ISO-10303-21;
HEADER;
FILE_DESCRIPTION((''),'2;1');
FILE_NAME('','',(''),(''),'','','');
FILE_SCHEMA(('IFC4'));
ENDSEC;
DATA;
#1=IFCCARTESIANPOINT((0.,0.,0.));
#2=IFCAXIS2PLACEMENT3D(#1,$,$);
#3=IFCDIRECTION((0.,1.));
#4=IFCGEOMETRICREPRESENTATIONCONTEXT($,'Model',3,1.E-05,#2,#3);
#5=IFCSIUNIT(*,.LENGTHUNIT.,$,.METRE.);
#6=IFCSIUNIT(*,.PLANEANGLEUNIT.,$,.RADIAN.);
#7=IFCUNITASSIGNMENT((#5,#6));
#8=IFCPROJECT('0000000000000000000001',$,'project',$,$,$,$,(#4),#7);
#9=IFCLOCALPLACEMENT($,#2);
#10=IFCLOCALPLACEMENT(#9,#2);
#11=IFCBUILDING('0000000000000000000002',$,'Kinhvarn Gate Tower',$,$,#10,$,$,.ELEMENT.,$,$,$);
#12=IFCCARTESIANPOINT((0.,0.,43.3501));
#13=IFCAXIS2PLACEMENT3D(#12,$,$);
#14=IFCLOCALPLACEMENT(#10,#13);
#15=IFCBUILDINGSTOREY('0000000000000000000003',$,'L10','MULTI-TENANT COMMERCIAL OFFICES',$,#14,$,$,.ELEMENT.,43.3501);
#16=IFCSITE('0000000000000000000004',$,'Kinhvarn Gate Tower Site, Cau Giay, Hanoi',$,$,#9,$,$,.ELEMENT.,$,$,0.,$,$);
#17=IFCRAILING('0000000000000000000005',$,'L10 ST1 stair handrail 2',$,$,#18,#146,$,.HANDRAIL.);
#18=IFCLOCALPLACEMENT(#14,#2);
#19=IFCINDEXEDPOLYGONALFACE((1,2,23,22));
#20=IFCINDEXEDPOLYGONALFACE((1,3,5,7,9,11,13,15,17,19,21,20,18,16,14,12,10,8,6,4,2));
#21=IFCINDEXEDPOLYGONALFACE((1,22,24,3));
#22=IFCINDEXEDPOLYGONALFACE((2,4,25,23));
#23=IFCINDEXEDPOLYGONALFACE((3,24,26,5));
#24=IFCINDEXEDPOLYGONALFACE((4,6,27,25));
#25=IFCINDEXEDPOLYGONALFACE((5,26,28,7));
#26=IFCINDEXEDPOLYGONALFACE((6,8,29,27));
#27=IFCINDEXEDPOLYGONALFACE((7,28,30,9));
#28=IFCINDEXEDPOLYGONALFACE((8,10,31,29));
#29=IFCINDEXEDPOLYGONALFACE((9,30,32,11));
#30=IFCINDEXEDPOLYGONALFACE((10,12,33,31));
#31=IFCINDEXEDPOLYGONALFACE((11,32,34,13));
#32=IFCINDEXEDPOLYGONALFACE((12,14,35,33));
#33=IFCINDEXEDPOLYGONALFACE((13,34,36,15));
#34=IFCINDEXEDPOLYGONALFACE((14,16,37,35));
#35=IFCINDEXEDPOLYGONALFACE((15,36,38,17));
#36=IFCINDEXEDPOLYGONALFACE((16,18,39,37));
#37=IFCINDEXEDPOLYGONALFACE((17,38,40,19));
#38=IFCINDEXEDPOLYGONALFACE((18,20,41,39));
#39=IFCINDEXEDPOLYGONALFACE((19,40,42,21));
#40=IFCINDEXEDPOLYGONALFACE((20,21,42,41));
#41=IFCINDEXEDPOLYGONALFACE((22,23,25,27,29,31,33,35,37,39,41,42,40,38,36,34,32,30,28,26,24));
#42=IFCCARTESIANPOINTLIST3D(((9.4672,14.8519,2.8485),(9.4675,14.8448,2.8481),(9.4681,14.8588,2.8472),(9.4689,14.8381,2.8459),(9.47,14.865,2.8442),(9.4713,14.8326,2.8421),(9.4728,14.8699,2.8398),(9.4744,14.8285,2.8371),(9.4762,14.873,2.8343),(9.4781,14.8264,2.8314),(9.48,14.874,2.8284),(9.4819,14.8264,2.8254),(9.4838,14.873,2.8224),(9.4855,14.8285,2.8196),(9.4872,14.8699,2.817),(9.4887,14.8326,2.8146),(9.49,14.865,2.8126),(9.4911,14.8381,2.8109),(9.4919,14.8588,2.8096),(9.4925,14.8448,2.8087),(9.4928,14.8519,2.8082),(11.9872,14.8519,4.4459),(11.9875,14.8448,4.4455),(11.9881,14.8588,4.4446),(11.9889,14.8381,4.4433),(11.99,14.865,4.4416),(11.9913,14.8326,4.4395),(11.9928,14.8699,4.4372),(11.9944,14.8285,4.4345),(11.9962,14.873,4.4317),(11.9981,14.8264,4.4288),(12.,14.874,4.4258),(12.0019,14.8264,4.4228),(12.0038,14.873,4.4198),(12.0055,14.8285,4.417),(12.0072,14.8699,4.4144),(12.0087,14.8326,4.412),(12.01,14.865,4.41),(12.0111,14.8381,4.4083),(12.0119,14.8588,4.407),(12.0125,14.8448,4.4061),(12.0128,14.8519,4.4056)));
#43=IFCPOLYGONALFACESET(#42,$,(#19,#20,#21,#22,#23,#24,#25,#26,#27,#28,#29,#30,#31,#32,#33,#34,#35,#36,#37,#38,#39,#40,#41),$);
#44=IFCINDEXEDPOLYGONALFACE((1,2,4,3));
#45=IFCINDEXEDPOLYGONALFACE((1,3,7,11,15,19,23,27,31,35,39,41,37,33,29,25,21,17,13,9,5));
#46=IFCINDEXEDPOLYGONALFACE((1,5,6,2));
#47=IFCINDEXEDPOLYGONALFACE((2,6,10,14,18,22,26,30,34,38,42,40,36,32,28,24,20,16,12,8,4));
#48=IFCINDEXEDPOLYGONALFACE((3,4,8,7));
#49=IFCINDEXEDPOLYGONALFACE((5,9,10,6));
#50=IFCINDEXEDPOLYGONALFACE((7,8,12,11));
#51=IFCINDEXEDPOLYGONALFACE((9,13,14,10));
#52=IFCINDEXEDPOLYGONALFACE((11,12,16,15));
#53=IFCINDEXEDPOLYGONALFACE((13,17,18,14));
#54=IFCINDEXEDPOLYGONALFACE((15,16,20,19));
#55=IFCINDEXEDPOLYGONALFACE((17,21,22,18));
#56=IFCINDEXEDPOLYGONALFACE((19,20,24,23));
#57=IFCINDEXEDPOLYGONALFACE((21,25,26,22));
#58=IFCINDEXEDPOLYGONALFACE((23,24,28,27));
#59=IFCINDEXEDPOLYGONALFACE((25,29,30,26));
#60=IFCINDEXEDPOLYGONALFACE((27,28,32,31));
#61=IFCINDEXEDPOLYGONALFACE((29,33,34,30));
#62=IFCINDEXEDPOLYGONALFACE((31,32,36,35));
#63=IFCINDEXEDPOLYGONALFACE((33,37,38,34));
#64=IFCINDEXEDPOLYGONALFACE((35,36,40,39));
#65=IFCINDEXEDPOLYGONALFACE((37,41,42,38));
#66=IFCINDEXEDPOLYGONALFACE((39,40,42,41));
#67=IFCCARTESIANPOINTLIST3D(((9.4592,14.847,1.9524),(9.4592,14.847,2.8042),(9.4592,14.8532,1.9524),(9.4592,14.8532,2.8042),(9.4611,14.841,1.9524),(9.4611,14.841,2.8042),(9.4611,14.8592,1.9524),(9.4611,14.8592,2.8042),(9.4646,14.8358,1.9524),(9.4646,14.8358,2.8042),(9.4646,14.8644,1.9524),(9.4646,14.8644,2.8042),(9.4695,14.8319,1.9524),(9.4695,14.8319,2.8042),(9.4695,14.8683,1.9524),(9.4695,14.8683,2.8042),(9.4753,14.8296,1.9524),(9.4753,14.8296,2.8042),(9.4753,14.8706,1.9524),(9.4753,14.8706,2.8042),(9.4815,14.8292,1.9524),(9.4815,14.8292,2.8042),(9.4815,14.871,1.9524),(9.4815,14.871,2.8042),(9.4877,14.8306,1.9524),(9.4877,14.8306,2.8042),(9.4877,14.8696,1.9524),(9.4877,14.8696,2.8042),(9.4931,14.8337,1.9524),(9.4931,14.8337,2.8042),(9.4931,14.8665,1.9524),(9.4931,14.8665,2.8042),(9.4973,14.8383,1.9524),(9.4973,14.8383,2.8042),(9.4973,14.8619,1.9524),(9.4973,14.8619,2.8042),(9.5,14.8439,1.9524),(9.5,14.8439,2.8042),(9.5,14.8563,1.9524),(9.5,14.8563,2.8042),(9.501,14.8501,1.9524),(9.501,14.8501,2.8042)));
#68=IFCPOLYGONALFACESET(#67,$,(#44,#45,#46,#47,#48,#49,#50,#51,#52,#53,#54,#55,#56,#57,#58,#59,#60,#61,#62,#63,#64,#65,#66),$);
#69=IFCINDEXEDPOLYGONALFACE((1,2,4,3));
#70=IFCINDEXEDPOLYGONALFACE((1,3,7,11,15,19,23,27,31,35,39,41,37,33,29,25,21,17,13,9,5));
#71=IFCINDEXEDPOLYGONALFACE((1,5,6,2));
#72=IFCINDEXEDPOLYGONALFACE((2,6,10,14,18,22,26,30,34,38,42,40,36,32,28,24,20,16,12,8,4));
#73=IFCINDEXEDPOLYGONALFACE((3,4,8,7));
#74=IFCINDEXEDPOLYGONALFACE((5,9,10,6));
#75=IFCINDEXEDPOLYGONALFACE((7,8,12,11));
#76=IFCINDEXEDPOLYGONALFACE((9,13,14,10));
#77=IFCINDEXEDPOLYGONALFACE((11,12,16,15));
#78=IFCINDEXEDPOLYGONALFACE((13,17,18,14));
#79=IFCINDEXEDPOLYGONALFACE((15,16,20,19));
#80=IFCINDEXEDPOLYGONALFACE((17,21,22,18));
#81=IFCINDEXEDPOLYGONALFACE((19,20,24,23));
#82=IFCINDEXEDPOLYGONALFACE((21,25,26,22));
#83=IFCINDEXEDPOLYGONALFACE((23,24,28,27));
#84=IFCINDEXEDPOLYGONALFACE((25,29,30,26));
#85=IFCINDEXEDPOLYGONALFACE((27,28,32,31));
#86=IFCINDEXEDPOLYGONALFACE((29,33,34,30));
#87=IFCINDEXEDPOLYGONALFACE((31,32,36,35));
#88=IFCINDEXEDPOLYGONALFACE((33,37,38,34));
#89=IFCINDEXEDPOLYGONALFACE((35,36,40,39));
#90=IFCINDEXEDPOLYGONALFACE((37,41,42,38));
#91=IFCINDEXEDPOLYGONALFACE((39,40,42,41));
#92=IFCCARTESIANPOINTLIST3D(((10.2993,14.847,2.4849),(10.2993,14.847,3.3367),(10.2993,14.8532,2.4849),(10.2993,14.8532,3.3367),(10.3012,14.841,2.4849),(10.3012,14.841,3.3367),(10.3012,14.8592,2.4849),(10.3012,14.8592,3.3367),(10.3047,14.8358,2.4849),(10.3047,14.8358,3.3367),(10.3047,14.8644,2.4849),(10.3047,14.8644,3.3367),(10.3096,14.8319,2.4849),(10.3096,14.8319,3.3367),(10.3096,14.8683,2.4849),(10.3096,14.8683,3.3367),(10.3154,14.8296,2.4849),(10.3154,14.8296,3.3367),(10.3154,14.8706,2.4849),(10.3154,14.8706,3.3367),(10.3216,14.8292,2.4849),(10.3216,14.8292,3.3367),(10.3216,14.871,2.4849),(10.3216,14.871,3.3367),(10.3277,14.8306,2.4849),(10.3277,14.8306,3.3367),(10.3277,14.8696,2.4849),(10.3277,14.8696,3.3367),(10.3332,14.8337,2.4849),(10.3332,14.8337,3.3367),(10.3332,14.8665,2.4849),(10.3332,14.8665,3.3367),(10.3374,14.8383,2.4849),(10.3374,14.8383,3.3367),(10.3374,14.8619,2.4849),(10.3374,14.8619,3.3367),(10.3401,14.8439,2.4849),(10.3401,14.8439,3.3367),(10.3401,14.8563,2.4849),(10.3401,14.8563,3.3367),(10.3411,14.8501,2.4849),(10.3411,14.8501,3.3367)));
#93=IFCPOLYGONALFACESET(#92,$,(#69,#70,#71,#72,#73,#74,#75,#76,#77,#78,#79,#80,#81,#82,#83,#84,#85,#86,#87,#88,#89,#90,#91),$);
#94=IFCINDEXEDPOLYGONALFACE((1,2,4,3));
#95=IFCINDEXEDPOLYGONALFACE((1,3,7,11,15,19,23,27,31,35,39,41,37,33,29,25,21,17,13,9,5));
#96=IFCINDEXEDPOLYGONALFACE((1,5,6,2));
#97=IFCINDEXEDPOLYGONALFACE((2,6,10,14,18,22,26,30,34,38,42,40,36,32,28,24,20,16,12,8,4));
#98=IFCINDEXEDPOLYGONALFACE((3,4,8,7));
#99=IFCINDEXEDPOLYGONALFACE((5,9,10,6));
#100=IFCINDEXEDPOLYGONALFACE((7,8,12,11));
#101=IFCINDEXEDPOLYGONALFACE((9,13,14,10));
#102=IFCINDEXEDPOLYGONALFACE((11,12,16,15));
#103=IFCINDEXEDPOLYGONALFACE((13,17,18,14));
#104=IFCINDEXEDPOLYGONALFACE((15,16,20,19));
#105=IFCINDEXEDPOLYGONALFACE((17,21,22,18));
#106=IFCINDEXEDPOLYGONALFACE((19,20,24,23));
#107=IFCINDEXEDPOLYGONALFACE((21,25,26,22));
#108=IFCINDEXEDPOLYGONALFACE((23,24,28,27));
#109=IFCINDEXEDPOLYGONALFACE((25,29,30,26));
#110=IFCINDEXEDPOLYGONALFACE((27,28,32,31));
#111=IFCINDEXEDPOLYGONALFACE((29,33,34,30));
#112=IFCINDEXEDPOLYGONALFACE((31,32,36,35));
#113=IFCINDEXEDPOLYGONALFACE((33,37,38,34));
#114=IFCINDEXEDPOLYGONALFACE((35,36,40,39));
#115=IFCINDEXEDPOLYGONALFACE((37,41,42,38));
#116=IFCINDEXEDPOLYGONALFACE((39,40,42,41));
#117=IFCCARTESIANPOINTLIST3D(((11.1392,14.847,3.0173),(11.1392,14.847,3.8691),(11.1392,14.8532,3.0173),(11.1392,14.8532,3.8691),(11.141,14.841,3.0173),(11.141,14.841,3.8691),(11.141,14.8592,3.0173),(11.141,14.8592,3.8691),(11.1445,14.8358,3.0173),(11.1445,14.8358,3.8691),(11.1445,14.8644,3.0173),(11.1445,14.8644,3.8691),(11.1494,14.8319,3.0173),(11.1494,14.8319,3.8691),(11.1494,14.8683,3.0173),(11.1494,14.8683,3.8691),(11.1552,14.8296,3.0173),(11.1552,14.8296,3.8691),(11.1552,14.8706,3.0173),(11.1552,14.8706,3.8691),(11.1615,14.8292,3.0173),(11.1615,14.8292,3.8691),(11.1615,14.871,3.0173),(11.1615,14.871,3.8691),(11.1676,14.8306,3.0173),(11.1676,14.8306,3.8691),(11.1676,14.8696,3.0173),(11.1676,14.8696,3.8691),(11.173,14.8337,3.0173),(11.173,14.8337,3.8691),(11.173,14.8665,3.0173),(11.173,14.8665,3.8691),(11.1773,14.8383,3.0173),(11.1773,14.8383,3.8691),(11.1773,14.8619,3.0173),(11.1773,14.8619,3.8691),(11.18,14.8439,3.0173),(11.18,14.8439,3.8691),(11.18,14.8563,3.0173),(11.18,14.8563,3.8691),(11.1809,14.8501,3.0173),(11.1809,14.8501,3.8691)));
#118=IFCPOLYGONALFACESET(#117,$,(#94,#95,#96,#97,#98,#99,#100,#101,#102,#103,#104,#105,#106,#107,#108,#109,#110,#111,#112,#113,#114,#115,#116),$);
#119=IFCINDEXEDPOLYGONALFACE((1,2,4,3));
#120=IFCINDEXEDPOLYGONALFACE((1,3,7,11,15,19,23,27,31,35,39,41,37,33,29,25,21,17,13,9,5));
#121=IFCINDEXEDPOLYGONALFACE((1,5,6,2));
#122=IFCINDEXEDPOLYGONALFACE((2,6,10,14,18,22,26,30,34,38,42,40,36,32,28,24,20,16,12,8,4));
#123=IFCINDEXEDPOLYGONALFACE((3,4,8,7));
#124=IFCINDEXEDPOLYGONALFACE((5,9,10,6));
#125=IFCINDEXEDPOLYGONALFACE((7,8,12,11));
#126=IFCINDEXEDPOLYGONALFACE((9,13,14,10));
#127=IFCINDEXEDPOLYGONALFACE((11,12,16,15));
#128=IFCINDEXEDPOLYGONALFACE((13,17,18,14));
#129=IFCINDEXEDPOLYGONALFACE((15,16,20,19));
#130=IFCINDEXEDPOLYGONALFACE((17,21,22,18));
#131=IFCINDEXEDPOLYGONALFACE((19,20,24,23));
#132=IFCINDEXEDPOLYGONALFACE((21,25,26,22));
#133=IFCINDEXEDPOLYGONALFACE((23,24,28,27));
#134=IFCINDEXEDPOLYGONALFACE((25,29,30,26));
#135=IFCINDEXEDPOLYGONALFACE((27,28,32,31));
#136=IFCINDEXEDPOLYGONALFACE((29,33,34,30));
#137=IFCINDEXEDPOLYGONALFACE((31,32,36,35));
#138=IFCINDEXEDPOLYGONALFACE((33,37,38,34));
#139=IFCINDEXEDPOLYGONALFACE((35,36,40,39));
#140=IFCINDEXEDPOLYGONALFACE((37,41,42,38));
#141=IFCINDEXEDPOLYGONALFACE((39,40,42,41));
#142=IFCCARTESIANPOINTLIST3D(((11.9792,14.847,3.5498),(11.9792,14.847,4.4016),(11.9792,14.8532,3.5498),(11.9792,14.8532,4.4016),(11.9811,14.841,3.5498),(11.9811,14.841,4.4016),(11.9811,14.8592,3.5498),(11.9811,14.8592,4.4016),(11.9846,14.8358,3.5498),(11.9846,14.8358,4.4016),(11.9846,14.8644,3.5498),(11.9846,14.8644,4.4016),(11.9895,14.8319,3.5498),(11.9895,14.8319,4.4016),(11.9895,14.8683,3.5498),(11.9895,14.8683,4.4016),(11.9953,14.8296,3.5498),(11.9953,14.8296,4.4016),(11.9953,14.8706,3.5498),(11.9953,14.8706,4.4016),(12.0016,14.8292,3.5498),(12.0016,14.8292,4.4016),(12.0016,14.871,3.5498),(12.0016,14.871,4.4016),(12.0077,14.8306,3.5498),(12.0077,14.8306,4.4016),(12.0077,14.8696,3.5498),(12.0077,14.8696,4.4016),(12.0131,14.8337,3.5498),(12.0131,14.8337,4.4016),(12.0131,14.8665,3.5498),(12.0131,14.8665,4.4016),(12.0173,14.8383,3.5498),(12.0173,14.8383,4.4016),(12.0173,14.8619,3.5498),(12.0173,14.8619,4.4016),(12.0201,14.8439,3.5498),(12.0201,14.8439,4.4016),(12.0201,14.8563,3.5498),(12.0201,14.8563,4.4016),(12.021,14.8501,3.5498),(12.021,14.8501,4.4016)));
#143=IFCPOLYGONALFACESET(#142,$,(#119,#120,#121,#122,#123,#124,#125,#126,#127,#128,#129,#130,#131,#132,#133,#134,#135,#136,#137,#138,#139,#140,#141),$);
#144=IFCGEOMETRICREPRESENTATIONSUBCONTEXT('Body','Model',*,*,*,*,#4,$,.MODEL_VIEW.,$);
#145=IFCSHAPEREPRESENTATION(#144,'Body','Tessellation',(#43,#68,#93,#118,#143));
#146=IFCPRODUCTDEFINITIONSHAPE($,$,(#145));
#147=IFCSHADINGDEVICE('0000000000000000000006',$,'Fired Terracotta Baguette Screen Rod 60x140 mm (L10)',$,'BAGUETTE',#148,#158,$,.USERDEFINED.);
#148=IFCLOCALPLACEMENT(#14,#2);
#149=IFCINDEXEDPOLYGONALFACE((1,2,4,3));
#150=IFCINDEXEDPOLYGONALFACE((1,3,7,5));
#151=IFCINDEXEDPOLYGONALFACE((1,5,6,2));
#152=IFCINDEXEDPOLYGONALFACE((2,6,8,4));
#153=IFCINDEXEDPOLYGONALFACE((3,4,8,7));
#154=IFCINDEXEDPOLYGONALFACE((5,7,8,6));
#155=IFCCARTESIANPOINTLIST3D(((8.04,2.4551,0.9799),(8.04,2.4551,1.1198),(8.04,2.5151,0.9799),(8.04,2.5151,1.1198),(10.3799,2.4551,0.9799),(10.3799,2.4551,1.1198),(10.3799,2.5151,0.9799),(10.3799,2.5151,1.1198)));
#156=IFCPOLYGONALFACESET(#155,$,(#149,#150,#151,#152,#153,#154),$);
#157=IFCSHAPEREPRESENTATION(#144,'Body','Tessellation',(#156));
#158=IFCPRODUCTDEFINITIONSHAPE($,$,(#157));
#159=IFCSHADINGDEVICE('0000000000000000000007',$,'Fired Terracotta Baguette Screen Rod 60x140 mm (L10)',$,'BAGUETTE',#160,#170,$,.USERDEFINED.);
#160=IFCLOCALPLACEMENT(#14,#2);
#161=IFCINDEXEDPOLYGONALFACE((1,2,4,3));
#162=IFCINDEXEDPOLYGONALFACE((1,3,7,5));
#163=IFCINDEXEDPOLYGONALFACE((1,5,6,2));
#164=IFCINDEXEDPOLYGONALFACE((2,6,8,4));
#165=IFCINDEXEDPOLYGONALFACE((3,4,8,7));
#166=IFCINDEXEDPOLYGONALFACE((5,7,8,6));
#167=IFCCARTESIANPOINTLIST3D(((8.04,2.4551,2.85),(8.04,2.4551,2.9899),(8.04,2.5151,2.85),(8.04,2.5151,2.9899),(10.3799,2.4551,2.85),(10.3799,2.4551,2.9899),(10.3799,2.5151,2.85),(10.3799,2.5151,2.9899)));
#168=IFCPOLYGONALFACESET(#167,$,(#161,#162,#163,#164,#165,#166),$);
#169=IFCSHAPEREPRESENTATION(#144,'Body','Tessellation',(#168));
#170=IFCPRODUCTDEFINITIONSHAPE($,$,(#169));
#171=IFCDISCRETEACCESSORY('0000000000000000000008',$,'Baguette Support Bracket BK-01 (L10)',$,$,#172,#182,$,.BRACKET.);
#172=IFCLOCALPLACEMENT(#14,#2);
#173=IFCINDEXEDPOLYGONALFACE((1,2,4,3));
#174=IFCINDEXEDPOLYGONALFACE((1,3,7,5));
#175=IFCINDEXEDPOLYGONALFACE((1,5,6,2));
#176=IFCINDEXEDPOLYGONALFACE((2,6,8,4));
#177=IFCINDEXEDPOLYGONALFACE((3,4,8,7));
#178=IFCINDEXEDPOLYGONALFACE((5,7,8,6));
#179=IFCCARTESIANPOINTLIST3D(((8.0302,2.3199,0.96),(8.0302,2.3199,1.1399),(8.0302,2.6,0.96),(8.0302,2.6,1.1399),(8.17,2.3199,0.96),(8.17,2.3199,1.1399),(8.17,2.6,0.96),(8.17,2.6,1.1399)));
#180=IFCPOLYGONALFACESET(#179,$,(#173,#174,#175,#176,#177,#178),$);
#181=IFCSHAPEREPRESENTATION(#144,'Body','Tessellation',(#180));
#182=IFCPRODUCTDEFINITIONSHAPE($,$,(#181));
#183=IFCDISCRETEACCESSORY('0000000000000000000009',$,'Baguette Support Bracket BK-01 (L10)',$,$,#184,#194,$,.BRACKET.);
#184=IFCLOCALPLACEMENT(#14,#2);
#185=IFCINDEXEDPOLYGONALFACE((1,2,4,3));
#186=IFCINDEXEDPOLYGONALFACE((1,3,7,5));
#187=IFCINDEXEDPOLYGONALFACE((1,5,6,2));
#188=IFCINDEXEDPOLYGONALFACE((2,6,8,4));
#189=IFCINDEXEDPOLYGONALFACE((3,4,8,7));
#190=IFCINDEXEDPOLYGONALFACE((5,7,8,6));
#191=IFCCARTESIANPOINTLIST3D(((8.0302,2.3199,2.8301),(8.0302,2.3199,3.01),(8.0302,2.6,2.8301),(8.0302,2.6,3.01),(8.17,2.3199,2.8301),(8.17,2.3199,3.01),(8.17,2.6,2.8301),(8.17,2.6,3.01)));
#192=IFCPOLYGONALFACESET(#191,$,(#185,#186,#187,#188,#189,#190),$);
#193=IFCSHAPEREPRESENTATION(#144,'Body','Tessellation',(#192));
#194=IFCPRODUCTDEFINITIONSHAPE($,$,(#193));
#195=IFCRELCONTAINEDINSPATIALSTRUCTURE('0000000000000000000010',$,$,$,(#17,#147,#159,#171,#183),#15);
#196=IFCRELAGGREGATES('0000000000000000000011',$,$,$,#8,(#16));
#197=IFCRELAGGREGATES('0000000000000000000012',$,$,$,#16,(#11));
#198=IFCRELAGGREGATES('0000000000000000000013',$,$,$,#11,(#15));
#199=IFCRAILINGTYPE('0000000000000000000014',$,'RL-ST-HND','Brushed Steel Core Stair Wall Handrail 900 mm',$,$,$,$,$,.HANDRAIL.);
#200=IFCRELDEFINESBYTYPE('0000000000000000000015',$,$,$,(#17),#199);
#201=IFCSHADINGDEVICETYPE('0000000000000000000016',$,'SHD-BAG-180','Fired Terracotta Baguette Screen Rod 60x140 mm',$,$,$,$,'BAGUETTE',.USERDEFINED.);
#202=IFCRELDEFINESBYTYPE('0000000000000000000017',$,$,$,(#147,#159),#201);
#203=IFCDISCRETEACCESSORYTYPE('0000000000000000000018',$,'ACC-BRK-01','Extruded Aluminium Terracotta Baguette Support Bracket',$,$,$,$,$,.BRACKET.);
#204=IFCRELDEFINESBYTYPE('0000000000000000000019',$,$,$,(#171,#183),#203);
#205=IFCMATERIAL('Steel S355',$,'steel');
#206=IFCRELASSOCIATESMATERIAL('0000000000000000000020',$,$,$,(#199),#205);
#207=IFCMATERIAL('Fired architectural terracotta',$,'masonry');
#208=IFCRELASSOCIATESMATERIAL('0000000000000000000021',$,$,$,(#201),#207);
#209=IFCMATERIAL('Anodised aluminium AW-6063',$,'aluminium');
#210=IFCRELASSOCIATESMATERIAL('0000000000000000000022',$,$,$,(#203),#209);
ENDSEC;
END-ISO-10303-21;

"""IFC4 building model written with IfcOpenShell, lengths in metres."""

from ifc_helpers import new_model, si_unit, direction, frame, origin, origin_2d, place, context, subcontext, project, spatial, rectangle, circle, extrude, material, material_profile, profile_set, type_object, element, save


model = new_model("IFC4")

# Units and contexts
model_context = context("Model", 3, precision=1e-05, world=origin(), true_north=direction((0.0, 1.0)))
body_context = subcontext(model_context, "Body", "Model", "MODEL_VIEW")
ifc_project = project(units=[si_unit("LENGTHUNIT", "METRE"), si_unit("PLANEANGLEUNIT", "RADIAN")], contexts=[model_context])

# Site, building, storey
site_placement = place(None, origin())
site = spatial("IfcSite", under=ifc_project, at=site_placement, Name="Kinhvarn Gate Tower Site, Cau Giay, Hanoi", CompositionType="ELEMENT", RefElevation=0.0)
building_placement = place(site_placement, origin())
building = spatial("IfcBuilding", under=site, at=building_placement, Name="Kinhvarn Gate Tower", CompositionType="ELEMENT")
storey_placement = place(building_placement, frame((0.0, 0.0, 43.3501)))
storey = spatial("IfcBuildingStorey", under=building, at=storey_placement, Name="L10", Description="MULTI-TENANT COMMERCIAL OFFICES", CompositionType="ELEMENT", Elevation=43.3501)

# Shared definitions
ifc_material_1 = material(Name="Anodised aluminium AW-6063", Category="aluminium")

# Shared definitions
ifc_material_2 = material(Name="Steel S355", Category="steel")

# Shared definitions
ifc_material_3 = material(Name="Fired architectural terracotta", Category="masonry")

# Railing
railing_type_1 = type_object("IfcRailingType", Name="RL-ST-HND", Description="Brushed Steel Core Stair Wall Handrail 900 mm", PredefinedType="HANDRAIL", material=ifc_material_2)
railing_1_placement = place(storey_placement, frame((9.48, 14.8501, 1.9524)))
element("IfcRailing", 1, at=railing_1_placement, inside=storey, type_object=railing_type_1, Name="L10 ST1 stair handrail 2", PredefinedType="HANDRAIL", context=body_context, shape_type="SweptSolid", body=[
    extrude(circle(Radius=0.0239, at=origin_2d()), frame((0.0, 0.0, 0.876), z_axis=(0.844607, 0.0, 0.535387), x_axis=(0.0, 1.0, 0.0)), (0.0, 0.0, 1.0), 2.9836),
    extrude(circle(Radius=0.021, at=origin_2d()), origin(), (0.0, 0.0, 1.0), 0.8518),
    extrude(circle(Radius=0.021, at=origin_2d()), frame((0.8401, 0.0, 0.5325)), (0.0, 0.0, 1.0), 0.8518),
    extrude(circle(Radius=0.021, at=origin_2d()), frame((1.6799, 0.0, 1.0649)), (0.0, 0.0, 1.0), 0.8518),
    extrude(circle(Radius=0.021, at=origin_2d()), frame((2.52, 0.0, 1.5974)), (0.0, 0.0, 1.0), 0.8518),
])

# Shading devices
ifc_material_profile_1 = material_profile(ifc_material_3, rectangle(XDim=0.0601, YDim=0.1399, at=origin_2d()), Name="TC 60x140")
ifc_profile_set_1 = profile_set([ifc_material_profile_1], Name="Fired architectural terracotta")
shading_device_type = type_object("IfcShadingDeviceType", Name="SHD-BAG-180", Description="Fired Terracotta Baguette Screen Rod 60x140 mm", ElementType="BAGUETTE", PredefinedType="USERDEFINED", material=ifc_profile_set_1)
for number, where, z_axis, x_axis, name in (
    (2, (8.04, 2.4851, 1.0498), (1.0, 0.0, 0.0), (0.0, 1.0, 0.0), "Fired Terracotta Baguette Screen Rod 60x140 mm (L10)"),
    (3, (8.04, 2.4851, 2.9199), (1.0, 0.0, 0.0), (0.0, 1.0, 0.0), "Fired Terracotta Baguette Screen Rod 60x140 mm (L10)"),
):
    element("IfcShadingDevice", number, at=place(storey_placement, frame(where, z_axis=z_axis, x_axis=x_axis)), inside=storey, type_object=shading_device_type, Name=name, ObjectType="BAGUETTE", PredefinedType="USERDEFINED", context=body_context, shape_type="SweptSolid", body=[
        extrude(rectangle(XDim=0.0601, YDim=0.1399, at=origin_2d()), origin(), (0.0, 0.0, 1.0), 2.3398),
    ])

# Discrete accessories
discrete_accessory_type = type_object("IfcDiscreteAccessoryType", Name="ACC-BRK-01", Description="Extruded Aluminium Terracotta Baguette Support Bracket", PredefinedType="BRACKET", material=ifc_material_1)
for number, where, z_axis, x_axis, name in (
    (4, (8.1001, 2.46, 0.96), (0.0, 0.0, 1.0), (1.0, 0.0, 0.0), "Baguette Support Bracket BK-01 (L10)"),
    (5, (8.1001, 2.46, 2.8301), (0.0, 0.0, 1.0), (1.0, 0.0, 0.0), "Baguette Support Bracket BK-01 (L10)"),
):
    element("IfcDiscreteAccessory", number, at=place(storey_placement, frame(where, z_axis=z_axis, x_axis=x_axis)), inside=storey, type_object=discrete_accessory_type, Name=name, PredefinedType="BRACKET", context=body_context, shape_type="SweptSolid", body=[
        extrude(rectangle(XDim=0.1399, YDim=0.28, at=origin_2d()), origin(), (0.0, 0.0, 1.0), 0.1799),
    ])

save(model, "model.ifc")
